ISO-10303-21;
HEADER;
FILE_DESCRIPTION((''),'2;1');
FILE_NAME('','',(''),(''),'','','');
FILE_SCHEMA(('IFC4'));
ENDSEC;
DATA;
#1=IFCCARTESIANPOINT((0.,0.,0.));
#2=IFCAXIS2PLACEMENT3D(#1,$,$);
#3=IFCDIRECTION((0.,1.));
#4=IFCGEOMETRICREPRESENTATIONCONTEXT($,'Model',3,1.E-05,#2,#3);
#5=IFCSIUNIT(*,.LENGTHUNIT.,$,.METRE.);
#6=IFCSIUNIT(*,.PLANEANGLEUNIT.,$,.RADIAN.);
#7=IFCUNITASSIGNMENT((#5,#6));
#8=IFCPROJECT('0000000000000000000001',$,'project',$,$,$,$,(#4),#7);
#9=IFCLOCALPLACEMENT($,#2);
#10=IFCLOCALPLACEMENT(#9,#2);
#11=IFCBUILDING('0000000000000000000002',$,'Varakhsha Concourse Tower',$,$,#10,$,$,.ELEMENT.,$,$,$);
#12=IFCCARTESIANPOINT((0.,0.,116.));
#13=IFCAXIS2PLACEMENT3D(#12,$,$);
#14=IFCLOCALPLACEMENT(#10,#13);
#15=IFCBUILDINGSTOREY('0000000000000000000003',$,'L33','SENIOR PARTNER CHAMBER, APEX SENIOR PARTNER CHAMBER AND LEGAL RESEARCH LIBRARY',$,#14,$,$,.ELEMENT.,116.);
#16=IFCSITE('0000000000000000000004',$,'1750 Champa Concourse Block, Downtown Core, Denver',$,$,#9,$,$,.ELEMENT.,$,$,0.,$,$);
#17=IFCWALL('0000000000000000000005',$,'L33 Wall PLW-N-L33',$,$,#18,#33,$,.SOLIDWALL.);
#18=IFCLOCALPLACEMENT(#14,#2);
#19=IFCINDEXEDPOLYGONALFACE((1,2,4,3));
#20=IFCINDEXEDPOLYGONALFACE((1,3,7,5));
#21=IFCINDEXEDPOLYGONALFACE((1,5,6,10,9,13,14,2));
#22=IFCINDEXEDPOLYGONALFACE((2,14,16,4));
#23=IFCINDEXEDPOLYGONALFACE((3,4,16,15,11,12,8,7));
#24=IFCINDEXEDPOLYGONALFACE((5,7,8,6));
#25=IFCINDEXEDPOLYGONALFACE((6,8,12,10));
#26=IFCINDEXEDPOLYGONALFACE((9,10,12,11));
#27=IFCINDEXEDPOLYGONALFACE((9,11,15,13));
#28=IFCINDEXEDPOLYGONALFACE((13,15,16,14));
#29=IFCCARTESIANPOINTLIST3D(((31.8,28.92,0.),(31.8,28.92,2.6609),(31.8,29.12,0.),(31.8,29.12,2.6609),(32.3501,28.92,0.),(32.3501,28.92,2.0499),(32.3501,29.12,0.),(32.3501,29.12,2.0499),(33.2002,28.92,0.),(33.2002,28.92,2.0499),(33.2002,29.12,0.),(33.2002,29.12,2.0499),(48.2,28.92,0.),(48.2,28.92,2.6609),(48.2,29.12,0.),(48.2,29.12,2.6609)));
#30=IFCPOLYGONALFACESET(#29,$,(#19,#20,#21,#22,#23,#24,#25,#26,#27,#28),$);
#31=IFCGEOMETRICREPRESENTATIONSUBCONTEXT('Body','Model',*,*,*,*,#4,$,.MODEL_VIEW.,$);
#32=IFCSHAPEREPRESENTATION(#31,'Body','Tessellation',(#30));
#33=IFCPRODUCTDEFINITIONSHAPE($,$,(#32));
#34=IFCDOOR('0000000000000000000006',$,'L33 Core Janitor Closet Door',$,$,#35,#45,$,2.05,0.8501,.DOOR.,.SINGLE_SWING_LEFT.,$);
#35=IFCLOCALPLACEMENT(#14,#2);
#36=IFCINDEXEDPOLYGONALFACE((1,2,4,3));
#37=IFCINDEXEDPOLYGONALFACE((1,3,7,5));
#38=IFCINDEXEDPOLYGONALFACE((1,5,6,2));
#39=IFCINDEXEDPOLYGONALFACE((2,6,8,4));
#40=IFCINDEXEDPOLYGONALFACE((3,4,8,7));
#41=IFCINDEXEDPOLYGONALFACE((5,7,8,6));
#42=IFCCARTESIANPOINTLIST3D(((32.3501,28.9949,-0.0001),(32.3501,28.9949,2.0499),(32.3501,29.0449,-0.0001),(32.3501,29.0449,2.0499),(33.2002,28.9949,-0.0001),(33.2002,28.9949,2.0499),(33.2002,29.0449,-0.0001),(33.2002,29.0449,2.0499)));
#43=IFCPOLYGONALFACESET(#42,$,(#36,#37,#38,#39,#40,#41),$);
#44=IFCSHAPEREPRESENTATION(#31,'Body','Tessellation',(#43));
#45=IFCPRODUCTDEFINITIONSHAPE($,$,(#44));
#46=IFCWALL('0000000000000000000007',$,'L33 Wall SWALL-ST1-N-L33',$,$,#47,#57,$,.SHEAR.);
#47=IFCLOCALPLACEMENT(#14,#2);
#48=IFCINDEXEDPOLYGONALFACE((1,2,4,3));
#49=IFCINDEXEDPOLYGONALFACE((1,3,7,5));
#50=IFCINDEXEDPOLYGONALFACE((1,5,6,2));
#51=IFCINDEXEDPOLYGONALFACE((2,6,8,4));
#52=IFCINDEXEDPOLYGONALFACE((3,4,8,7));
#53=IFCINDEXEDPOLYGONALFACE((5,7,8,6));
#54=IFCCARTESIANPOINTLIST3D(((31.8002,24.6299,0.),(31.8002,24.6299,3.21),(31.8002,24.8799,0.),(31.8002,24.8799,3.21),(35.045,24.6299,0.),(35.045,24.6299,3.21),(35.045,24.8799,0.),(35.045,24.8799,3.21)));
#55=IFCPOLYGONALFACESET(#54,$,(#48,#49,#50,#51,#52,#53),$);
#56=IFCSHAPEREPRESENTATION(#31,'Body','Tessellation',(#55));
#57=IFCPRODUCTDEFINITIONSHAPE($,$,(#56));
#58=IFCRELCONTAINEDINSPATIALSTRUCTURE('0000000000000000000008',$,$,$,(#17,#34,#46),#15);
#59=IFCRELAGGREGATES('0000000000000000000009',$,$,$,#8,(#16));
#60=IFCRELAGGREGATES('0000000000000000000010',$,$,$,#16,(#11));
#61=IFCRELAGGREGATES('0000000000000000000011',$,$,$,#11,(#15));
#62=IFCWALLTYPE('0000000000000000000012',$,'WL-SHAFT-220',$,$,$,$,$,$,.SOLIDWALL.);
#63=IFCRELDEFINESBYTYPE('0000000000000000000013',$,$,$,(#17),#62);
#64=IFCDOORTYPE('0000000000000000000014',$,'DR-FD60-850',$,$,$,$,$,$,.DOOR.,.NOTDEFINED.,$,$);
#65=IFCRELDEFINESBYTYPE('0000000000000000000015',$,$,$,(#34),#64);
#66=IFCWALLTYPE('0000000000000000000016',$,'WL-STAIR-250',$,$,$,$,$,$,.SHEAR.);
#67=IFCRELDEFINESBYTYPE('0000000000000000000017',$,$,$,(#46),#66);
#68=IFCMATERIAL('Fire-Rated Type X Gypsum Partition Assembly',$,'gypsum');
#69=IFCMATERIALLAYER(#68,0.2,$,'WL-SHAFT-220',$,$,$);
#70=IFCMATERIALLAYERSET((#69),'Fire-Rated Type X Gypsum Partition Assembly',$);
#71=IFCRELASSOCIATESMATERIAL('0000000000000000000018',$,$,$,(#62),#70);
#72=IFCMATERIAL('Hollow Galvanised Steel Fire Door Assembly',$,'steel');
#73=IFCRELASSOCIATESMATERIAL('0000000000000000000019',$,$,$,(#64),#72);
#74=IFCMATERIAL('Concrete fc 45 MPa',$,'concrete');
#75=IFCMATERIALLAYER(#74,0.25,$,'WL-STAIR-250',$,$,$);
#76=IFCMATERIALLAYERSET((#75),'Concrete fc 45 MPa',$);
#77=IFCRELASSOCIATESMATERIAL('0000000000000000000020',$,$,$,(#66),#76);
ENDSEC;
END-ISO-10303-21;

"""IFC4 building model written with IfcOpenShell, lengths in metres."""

from ifc_helpers import new_model, si_unit, direction, frame, frame_2d, origin, place, context, subcontext, project, spatial, rectangle, extrude, material, layer, layer_set, type_object, element, fill, save


model = new_model("IFC4")

# Units and contexts
model_context = context("Model", 3, precision=1e-05, world=origin(), true_north=direction((0.0, 1.0)))
body_context = subcontext(model_context, "Body", "Model", "MODEL_VIEW")
ifc_project = project(units=[si_unit("LENGTHUNIT", "METRE"), si_unit("PLANEANGLEUNIT", "RADIAN")], contexts=[model_context])

# Site, building, storey
site_placement = place(None, origin())
site = spatial("IfcSite", under=ifc_project, at=site_placement, Name="1750 Champa Concourse Block, Downtown Core, Denver", CompositionType="ELEMENT", RefElevation=0.0)
building_placement = place(site_placement, origin())
building = spatial("IfcBuilding", under=site, at=building_placement, Name="Varakhsha Concourse Tower", CompositionType="ELEMENT")
storey_placement = place(building_placement, frame((0.0, 0.0, 116.0)))
storey = spatial("IfcBuildingStorey", under=building, at=storey_placement, Name="L33", Description="SENIOR PARTNER CHAMBER, APEX SENIOR PARTNER CHAMBER AND LEGAL RESEARCH LIBRARY", CompositionType="ELEMENT", Elevation=116.0)

# Shared definitions
ifc_material_1 = material(Name="Fire-Rated Type X Gypsum Partition Assembly", Category="gypsum")
ifc_material_2 = material(Name="Hollow Galvanised Steel Fire Door Assembly", Category="steel")

# Wall, opening, door
ifc_layer_1 = layer(ifc_material_1, 0.2, Name="WL-SHAFT-220")
ifc_layer_set_1 = layer_set([ifc_layer_1], Name="Fire-Rated Type X Gypsum Partition Assembly")
wall_type_1 = type_object("IfcWallType", Name="WL-SHAFT-220", PredefinedType="SOLIDWALL", material=ifc_layer_set_1)
wall_1_placement = place(storey_placement, frame((31.8, 29.02, 0.0), z_axis=(0.0, 0.0, 1.0), x_axis=(1.0, 0.0, 0.0)))
wall_1 = element("IfcWall", 1, at=wall_1_placement, inside=storey, type_object=wall_type_1, Name="L33 Wall PLW-N-L33", PredefinedType="SOLIDWALL", context=body_context, shape_type="SweptSolid", body=[
    extrude(rectangle(XDim=16.3999, YDim=0.2, at=frame_2d((8.2, 0.0))), origin(), (0.0, 0.0, 1.0), 2.6609),
])
opening_1_placement = place(wall_1_placement, frame((0.55, 0.0, 0.0)))
opening_1 = element("IfcOpeningElement", 2, at=opening_1_placement, cuts=wall_1, PredefinedType="OPENING", context=body_context, shape_type="SweptSolid", body=[
    extrude(rectangle(XDim=0.8501, YDim=2.05, at=frame_2d((0.425, 1.0249))), frame((0.0, 0.1099, 0.0), z_axis=(0.0, -1.0, 0.0), x_axis=(1.0, 0.0, 0.0)), (0.0, 0.0, 1.0), 0.22),
])
door_type_1 = type_object("IfcDoorType", Name="DR-FD60-850", OperationType="NOTDEFINED", PredefinedType="DOOR", material=ifc_material_2)
door_1_placement = place(opening_1_placement, origin())
door_1 = element("IfcDoor", 3, at=door_1_placement, inside=storey, type_object=door_type_1, Name="L33 Core Janitor Closet Door", OperationType="SINGLE_SWING_LEFT", OverallHeight=2.05, OverallWidth=0.8501, PredefinedType="DOOR", context=body_context, shape_type="SweptSolid", body=[
    extrude(rectangle(XDim=0.8501, YDim=2.05, at=frame_2d((0.425, 1.0249))), frame((0.0, 0.0249, 0.0), z_axis=(0.0, -1.0, 0.0), x_axis=(1.0, 0.0, 0.0)), (0.0, 0.0, 1.0), 0.05),
])
fill(opening_1, door_1)

# Wall
ifc_material_3 = material(Name="Concrete fc 45 MPa", Category="concrete")
ifc_layer_2 = layer(ifc_material_3, 0.25, Name="WL-STAIR-250")
ifc_layer_set_2 = layer_set([ifc_layer_2], Name="Concrete fc 45 MPa")
wall_type_2 = type_object("IfcWallType", Name="WL-STAIR-250", PredefinedType="SHEAR", material=ifc_layer_set_2)
wall_2_placement = place(storey_placement, frame((31.8, 24.7549, 0.0), z_axis=(0.0, 0.0, 1.0), x_axis=(1.0, 0.0, 0.0)))
element("IfcWall", 4, at=wall_2_placement, inside=storey, type_object=wall_type_2, Name="L33 Wall SWALL-ST1-N-L33", PredefinedType="SHEAR", context=body_context, shape_type="SweptSolid", body=[
    extrude(rectangle(XDim=3.2449, YDim=0.25, at=frame_2d((1.6226, 0.0))), origin(), (0.0, 0.0, 1.0), 3.21),
])

save(model, "model.ifc")
